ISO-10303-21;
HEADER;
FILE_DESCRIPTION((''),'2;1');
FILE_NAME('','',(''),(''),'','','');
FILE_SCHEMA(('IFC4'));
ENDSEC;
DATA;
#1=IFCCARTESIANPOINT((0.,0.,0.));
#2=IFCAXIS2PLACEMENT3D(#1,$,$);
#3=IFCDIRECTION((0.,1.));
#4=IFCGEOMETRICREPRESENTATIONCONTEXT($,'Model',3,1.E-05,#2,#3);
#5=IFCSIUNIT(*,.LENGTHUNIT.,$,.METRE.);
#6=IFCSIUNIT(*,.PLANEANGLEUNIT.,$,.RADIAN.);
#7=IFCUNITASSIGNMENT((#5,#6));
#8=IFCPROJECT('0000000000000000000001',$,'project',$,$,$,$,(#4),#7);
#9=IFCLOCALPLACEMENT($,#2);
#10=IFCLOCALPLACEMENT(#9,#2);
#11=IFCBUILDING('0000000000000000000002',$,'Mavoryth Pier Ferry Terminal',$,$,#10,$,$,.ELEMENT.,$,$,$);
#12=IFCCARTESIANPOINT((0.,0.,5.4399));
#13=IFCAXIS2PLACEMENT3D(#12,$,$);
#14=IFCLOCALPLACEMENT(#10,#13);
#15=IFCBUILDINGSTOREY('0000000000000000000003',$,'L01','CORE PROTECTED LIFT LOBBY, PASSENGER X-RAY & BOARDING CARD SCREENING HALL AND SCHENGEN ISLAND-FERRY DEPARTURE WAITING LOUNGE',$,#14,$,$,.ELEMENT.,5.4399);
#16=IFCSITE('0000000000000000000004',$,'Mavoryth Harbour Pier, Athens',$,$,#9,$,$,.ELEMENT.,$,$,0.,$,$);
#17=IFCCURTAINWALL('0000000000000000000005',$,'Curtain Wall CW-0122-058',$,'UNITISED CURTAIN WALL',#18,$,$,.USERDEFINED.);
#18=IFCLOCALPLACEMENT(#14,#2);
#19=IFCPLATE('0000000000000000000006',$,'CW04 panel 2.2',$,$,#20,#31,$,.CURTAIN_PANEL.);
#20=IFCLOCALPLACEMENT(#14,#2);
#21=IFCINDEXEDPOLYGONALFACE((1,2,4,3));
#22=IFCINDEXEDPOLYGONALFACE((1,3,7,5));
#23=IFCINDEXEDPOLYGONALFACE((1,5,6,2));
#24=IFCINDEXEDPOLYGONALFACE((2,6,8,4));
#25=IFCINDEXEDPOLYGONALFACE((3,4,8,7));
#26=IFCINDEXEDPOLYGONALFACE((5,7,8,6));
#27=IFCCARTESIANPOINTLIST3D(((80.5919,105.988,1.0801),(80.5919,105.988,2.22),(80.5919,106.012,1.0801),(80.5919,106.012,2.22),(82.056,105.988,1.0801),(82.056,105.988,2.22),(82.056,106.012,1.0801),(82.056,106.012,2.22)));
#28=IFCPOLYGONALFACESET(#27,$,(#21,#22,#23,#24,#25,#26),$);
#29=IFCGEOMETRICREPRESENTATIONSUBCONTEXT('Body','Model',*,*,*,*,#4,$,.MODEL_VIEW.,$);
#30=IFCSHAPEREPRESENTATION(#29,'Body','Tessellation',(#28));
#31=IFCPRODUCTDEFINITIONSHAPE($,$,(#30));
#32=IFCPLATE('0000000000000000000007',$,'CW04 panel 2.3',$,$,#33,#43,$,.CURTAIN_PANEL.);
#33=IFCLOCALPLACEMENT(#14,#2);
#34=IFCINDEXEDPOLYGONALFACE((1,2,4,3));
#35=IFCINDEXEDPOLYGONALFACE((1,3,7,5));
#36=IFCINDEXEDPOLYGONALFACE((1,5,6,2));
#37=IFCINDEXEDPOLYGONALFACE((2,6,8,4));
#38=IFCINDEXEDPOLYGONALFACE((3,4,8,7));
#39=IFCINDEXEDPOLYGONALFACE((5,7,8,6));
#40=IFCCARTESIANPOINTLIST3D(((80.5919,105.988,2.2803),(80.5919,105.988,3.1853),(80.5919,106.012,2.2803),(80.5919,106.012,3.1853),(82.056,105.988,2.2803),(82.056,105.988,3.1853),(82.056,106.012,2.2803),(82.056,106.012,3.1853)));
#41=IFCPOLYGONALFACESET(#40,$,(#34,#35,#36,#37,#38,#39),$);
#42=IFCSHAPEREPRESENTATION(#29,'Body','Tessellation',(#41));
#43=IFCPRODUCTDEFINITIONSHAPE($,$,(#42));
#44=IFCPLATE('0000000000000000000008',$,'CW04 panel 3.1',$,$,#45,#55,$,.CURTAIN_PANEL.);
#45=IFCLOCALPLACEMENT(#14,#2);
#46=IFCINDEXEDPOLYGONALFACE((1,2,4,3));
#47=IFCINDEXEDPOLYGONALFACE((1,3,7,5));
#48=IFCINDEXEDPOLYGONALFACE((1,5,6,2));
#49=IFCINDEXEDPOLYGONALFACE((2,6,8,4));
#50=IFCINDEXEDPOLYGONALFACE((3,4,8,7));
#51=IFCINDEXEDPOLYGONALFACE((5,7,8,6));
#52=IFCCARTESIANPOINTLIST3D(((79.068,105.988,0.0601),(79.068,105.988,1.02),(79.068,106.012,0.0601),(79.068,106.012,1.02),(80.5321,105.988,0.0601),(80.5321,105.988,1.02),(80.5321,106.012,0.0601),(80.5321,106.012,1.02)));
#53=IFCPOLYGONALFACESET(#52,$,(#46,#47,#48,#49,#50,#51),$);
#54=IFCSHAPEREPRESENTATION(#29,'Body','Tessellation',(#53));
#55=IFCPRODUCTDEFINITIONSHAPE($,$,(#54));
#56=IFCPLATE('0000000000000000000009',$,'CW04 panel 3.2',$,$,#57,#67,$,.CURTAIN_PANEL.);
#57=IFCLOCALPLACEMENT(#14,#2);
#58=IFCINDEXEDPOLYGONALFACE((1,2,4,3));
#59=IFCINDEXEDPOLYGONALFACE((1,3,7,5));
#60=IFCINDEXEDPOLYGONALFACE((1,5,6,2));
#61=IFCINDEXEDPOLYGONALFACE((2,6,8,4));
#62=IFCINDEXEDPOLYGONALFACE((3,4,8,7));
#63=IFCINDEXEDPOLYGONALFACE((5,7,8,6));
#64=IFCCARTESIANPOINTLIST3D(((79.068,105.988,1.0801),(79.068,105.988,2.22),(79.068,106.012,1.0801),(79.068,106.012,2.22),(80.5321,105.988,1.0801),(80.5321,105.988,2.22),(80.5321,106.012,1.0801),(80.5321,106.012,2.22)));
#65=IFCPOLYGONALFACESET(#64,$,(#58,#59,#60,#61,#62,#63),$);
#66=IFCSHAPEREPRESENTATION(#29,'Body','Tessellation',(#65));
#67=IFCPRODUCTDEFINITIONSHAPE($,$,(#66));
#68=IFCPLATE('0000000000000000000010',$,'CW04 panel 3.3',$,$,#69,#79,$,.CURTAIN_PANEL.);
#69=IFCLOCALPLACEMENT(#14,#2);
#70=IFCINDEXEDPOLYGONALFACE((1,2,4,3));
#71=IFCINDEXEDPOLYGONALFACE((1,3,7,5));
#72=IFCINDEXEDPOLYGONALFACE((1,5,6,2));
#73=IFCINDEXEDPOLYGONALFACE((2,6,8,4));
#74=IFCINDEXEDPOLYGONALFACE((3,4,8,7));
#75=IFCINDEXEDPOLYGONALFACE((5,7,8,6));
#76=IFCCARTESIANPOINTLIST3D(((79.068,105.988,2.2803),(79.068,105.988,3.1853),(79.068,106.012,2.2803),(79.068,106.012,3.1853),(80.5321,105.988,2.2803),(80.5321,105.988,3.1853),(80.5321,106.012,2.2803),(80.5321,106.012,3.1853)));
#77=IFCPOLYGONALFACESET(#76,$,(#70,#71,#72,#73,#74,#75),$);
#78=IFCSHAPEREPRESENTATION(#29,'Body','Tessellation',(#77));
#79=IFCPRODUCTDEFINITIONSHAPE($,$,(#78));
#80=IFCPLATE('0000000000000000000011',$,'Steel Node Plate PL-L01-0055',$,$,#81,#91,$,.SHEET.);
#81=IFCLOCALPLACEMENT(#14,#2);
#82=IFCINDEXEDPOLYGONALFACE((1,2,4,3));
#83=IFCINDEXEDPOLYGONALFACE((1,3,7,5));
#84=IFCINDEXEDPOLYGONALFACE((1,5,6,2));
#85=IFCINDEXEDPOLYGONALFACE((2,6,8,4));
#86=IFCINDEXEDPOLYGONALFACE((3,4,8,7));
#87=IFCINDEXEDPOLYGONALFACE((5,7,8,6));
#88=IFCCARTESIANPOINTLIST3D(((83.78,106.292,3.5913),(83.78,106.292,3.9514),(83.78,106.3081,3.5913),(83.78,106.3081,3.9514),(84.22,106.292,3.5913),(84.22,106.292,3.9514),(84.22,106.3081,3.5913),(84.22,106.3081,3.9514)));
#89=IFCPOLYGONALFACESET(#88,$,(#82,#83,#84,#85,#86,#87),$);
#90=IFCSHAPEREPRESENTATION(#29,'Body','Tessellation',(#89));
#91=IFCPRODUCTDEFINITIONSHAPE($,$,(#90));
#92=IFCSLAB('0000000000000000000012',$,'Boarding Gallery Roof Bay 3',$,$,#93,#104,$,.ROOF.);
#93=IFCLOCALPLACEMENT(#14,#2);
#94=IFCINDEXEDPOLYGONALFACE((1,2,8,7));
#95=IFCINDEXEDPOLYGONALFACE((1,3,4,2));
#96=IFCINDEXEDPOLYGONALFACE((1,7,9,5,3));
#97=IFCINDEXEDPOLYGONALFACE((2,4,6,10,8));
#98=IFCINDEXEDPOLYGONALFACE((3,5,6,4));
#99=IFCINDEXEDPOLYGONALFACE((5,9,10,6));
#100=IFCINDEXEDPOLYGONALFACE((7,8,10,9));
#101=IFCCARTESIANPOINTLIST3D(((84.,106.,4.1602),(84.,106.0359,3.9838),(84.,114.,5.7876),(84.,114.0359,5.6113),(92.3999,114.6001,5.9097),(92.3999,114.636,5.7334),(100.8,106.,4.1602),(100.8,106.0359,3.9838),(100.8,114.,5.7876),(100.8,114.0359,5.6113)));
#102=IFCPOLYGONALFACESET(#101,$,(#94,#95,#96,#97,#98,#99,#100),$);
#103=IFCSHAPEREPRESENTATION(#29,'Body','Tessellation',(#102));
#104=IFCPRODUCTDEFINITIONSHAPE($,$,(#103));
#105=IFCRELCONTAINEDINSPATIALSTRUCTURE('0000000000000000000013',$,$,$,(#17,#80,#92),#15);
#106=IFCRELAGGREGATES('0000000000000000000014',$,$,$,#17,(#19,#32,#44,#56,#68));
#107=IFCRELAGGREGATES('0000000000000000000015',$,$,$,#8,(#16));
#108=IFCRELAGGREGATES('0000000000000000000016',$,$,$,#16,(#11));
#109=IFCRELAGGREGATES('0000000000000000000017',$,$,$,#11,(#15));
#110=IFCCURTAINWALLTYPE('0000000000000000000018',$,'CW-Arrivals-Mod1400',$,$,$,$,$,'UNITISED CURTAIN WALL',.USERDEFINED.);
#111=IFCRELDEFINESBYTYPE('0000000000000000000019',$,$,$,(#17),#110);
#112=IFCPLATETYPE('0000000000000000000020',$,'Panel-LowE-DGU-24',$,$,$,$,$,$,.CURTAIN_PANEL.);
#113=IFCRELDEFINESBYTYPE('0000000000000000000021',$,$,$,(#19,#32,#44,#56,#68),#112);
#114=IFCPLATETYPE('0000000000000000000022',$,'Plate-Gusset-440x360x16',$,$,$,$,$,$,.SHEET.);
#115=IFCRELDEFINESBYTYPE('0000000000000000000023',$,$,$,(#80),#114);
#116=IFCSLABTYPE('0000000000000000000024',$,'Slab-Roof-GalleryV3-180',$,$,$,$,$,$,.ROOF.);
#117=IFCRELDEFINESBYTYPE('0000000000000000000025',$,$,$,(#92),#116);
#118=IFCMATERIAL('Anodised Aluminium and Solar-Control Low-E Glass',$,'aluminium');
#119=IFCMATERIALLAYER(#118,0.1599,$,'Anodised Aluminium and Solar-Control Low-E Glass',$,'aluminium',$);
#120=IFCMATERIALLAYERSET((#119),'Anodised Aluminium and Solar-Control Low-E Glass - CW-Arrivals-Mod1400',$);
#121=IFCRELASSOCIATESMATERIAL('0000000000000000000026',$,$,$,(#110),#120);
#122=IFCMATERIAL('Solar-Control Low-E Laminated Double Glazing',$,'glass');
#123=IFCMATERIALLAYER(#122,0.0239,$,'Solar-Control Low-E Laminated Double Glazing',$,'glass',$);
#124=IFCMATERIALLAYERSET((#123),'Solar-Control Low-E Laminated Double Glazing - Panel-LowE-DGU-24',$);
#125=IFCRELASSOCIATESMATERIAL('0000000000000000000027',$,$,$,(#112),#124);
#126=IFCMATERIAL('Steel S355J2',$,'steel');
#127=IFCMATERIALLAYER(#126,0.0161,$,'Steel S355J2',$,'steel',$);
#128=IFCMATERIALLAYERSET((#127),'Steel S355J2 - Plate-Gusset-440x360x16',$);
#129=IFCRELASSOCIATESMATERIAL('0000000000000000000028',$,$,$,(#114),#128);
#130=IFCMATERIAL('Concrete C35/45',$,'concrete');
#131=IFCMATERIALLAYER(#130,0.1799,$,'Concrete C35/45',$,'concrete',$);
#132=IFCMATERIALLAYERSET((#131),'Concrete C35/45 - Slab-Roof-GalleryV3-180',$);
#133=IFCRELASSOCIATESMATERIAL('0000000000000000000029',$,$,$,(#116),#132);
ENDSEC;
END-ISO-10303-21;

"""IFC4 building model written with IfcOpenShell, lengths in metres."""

from ifc_helpers import new_model, si_unit, direction, frame, origin, origin_2d, place, context, subcontext, project, spatial, polyline, rectangle, outline, extrude, material, layer, layer_set, type_object, element, aggregate, save


model = new_model("IFC4")

# Units and contexts
model_context = context("Model", 3, precision=1e-05, world=origin(), true_north=direction((0.0, 1.0)))
body_context = subcontext(model_context, "Body", "Model", "MODEL_VIEW")
ifc_project = project(units=[si_unit("LENGTHUNIT", "METRE"), si_unit("PLANEANGLEUNIT", "RADIAN")], contexts=[model_context])

# Site, building, storey
site_placement = place(None, origin())
site = spatial("IfcSite", under=ifc_project, at=site_placement, Name="Mavoryth Harbour Pier, Athens", CompositionType="ELEMENT", RefElevation=0.0)
building_placement = place(site_placement, origin())
building = spatial("IfcBuilding", under=site, at=building_placement, Name="Mavoryth Pier Ferry Terminal", CompositionType="ELEMENT")
storey_placement = place(building_placement, frame((0.0, 0.0, 5.4399)))
storey = spatial("IfcBuildingStorey", under=building, at=storey_placement, Name="L01", Description="CORE PROTECTED LIFT LOBBY, PASSENGER X-RAY & BOARDING CARD SCREENING HALL AND SCHENGEN ISLAND-FERRY DEPARTURE WAITING LOUNGE", CompositionType="ELEMENT", Elevation=5.4399)

# Shared definitions
ifc_material_1 = material(Name="Steel S355J2", Category="steel")

# Shared definitions
ifc_material_2 = material(Name="Concrete C35/45", Category="concrete")

# Curtain wall
ifc_material_3 = material(Name="Anodised Aluminium and Solar-Control Low-E Glass", Category="aluminium")
ifc_layer_1 = layer(ifc_material_3, 0.1599, Name="Anodised Aluminium and Solar-Control Low-E Glass", Category="aluminium")
ifc_layer_set_1 = layer_set([ifc_layer_1], Name="Anodised Aluminium and Solar-Control Low-E Glass - CW-Arrivals-Mod1400")
curtain_wall_type = type_object("IfcCurtainWallType", Name="CW-Arrivals-Mod1400", ElementType="UNITISED CURTAIN WALL", PredefinedType="USERDEFINED", material=ifc_layer_set_1)
curtain_wall_1_placement = place(storey_placement, origin())
curtain_wall_1 = element("IfcCurtainWall", 1, at=curtain_wall_1_placement, inside=storey, type_object=curtain_wall_type, Name="Curtain Wall CW-0122-058", ObjectType="UNITISED CURTAIN WALL", PredefinedType="USERDEFINED")

# Plates
ifc_material_4 = material(Name="Solar-Control Low-E Laminated Double Glazing", Category="glass")
ifc_layer_2 = layer(ifc_material_4, 0.0239, Name="Solar-Control Low-E Laminated Double Glazing", Category="glass")
ifc_layer_set_2 = layer_set([ifc_layer_2], Name="Solar-Control Low-E Laminated Double Glazing - Panel-LowE-DGU-24")
plate_type_1 = type_object("IfcPlateType", Name="Panel-LowE-DGU-24", PredefinedType="CURTAIN_PANEL", material=ifc_layer_set_2)
plate_1_placement = place(storey_placement, frame((81.324, 106.0, 1.0801), z_axis=(0.0, 0.0, 1.0), x_axis=(-1.0, 0.0, 0.0)))
plate_1 = element("IfcPlate", 2, at=plate_1_placement, type_object=plate_type_1, Name="CW04 panel 2.2", PredefinedType="CURTAIN_PANEL", context=body_context, shape_type="SweptSolid", body=[
    extrude(rectangle(XDim=1.4641, YDim=0.0239, at=origin_2d()), origin(), (0.0, 0.0, 1.0), 1.1399),
])
plate_2_placement = place(storey_placement, frame((81.324, 106.0, 2.2803), z_axis=(0.0, 0.0, 1.0), x_axis=(-1.0, 0.0, 0.0)))
plate_2 = element("IfcPlate", 3, at=plate_2_placement, type_object=plate_type_1, Name="CW04 panel 2.3", PredefinedType="CURTAIN_PANEL", context=body_context, shape_type="SweptSolid", body=[
    extrude(rectangle(XDim=1.4641, YDim=0.0239, at=origin_2d()), origin(), (0.0, 0.0, 1.0), 0.905),
])
plate_3_placement = place(storey_placement, frame((79.8, 106.0, 0.0601), z_axis=(0.0, 0.0, 1.0), x_axis=(-1.0, 0.0, 0.0)))
plate_3 = element("IfcPlate", 4, at=plate_3_placement, type_object=plate_type_1, Name="CW04 panel 3.1", PredefinedType="CURTAIN_PANEL", context=body_context, shape_type="SweptSolid", body=[
    extrude(rectangle(XDim=1.4641, YDim=0.0239, at=origin_2d()), origin(), (0.0, 0.0, 1.0), 0.96),
])
plate_4_placement = place(storey_placement, frame((79.8, 106.0, 1.0801), z_axis=(0.0, 0.0, 1.0), x_axis=(-1.0, 0.0, 0.0)))
plate_4 = element("IfcPlate", 5, at=plate_4_placement, type_object=plate_type_1, Name="CW04 panel 3.2", PredefinedType="CURTAIN_PANEL", context=body_context, shape_type="SweptSolid", body=[
    extrude(rectangle(XDim=1.4641, YDim=0.0239, at=origin_2d()), origin(), (0.0, 0.0, 1.0), 1.1399),
])
plate_5_placement = place(storey_placement, frame((79.8, 106.0, 2.2803), z_axis=(0.0, 0.0, 1.0), x_axis=(-1.0, 0.0, 0.0)))
plate_5 = element("IfcPlate", 6, at=plate_5_placement, type_object=plate_type_1, Name="CW04 panel 3.3", PredefinedType="CURTAIN_PANEL", context=body_context, shape_type="SweptSolid", body=[
    extrude(rectangle(XDim=1.4641, YDim=0.0239, at=origin_2d()), origin(), (0.0, 0.0, 1.0), 0.905),
])
aggregate(curtain_wall_1, [plate_1, plate_2, plate_3, plate_4, plate_5])
ifc_layer_3 = layer(ifc_material_1, 0.0161, Name="Steel S355J2", Category="steel")
ifc_layer_set_3 = layer_set([ifc_layer_3], Name="Steel S355J2 - Plate-Gusset-440x360x16")
plate_type_2 = type_object("IfcPlateType", Name="Plate-Gusset-440x360x16", PredefinedType="SHEET", material=ifc_layer_set_3)
plate_6_placement = place(storey_placement, frame((84.0, 106.3, 3.5913), z_axis=(0.0, 0.0, 1.0), x_axis=(1.0, 0.0, 0.0)))
element("IfcPlate", 7, at=plate_6_placement, inside=storey, type_object=plate_type_2, Name="Steel Node Plate PL-L01-0055", PredefinedType="SHEET", context=body_context, shape_type="SweptSolid", body=[
    extrude(rectangle(XDim=0.4399, YDim=0.0161, at=origin_2d()), origin(), (0.0, 0.0, 1.0), 0.3601),
])

# Slab
ifc_layer_4 = layer(ifc_material_2, 0.1799, Name="Concrete C35/45", Category="concrete")
ifc_layer_set_4 = layer_set([ifc_layer_4], Name="Concrete C35/45 - Slab-Roof-GalleryV3-180")
slab_type = type_object("IfcSlabType", Name="Slab-Roof-GalleryV3-180", PredefinedType="ROOF", material=ifc_layer_set_4)
slab_placement = place(storey_placement, frame((84.0, 106.0, 4.1602), z_axis=(0.0, -0.199347, 0.979929), x_axis=(1.0, 0.0, 0.0)))
element("IfcSlab", 8, at=slab_placement, inside=storey, type_object=slab_type, Name="Boarding Gallery Roof Bay 3", PredefinedType="ROOF", context=body_context, shape_type="SweptSolid", body=[
    extrude(outline(polyline([(0.0, 0.0), (16.8, 0.0), (16.8, 8.1639), (8.3999, 8.7762), (0.0, 8.1639), (0.0, 0.0)])), origin(), (0.0, 0.0, -1.0), 0.1799),
])

save(model, "model.ifc")
